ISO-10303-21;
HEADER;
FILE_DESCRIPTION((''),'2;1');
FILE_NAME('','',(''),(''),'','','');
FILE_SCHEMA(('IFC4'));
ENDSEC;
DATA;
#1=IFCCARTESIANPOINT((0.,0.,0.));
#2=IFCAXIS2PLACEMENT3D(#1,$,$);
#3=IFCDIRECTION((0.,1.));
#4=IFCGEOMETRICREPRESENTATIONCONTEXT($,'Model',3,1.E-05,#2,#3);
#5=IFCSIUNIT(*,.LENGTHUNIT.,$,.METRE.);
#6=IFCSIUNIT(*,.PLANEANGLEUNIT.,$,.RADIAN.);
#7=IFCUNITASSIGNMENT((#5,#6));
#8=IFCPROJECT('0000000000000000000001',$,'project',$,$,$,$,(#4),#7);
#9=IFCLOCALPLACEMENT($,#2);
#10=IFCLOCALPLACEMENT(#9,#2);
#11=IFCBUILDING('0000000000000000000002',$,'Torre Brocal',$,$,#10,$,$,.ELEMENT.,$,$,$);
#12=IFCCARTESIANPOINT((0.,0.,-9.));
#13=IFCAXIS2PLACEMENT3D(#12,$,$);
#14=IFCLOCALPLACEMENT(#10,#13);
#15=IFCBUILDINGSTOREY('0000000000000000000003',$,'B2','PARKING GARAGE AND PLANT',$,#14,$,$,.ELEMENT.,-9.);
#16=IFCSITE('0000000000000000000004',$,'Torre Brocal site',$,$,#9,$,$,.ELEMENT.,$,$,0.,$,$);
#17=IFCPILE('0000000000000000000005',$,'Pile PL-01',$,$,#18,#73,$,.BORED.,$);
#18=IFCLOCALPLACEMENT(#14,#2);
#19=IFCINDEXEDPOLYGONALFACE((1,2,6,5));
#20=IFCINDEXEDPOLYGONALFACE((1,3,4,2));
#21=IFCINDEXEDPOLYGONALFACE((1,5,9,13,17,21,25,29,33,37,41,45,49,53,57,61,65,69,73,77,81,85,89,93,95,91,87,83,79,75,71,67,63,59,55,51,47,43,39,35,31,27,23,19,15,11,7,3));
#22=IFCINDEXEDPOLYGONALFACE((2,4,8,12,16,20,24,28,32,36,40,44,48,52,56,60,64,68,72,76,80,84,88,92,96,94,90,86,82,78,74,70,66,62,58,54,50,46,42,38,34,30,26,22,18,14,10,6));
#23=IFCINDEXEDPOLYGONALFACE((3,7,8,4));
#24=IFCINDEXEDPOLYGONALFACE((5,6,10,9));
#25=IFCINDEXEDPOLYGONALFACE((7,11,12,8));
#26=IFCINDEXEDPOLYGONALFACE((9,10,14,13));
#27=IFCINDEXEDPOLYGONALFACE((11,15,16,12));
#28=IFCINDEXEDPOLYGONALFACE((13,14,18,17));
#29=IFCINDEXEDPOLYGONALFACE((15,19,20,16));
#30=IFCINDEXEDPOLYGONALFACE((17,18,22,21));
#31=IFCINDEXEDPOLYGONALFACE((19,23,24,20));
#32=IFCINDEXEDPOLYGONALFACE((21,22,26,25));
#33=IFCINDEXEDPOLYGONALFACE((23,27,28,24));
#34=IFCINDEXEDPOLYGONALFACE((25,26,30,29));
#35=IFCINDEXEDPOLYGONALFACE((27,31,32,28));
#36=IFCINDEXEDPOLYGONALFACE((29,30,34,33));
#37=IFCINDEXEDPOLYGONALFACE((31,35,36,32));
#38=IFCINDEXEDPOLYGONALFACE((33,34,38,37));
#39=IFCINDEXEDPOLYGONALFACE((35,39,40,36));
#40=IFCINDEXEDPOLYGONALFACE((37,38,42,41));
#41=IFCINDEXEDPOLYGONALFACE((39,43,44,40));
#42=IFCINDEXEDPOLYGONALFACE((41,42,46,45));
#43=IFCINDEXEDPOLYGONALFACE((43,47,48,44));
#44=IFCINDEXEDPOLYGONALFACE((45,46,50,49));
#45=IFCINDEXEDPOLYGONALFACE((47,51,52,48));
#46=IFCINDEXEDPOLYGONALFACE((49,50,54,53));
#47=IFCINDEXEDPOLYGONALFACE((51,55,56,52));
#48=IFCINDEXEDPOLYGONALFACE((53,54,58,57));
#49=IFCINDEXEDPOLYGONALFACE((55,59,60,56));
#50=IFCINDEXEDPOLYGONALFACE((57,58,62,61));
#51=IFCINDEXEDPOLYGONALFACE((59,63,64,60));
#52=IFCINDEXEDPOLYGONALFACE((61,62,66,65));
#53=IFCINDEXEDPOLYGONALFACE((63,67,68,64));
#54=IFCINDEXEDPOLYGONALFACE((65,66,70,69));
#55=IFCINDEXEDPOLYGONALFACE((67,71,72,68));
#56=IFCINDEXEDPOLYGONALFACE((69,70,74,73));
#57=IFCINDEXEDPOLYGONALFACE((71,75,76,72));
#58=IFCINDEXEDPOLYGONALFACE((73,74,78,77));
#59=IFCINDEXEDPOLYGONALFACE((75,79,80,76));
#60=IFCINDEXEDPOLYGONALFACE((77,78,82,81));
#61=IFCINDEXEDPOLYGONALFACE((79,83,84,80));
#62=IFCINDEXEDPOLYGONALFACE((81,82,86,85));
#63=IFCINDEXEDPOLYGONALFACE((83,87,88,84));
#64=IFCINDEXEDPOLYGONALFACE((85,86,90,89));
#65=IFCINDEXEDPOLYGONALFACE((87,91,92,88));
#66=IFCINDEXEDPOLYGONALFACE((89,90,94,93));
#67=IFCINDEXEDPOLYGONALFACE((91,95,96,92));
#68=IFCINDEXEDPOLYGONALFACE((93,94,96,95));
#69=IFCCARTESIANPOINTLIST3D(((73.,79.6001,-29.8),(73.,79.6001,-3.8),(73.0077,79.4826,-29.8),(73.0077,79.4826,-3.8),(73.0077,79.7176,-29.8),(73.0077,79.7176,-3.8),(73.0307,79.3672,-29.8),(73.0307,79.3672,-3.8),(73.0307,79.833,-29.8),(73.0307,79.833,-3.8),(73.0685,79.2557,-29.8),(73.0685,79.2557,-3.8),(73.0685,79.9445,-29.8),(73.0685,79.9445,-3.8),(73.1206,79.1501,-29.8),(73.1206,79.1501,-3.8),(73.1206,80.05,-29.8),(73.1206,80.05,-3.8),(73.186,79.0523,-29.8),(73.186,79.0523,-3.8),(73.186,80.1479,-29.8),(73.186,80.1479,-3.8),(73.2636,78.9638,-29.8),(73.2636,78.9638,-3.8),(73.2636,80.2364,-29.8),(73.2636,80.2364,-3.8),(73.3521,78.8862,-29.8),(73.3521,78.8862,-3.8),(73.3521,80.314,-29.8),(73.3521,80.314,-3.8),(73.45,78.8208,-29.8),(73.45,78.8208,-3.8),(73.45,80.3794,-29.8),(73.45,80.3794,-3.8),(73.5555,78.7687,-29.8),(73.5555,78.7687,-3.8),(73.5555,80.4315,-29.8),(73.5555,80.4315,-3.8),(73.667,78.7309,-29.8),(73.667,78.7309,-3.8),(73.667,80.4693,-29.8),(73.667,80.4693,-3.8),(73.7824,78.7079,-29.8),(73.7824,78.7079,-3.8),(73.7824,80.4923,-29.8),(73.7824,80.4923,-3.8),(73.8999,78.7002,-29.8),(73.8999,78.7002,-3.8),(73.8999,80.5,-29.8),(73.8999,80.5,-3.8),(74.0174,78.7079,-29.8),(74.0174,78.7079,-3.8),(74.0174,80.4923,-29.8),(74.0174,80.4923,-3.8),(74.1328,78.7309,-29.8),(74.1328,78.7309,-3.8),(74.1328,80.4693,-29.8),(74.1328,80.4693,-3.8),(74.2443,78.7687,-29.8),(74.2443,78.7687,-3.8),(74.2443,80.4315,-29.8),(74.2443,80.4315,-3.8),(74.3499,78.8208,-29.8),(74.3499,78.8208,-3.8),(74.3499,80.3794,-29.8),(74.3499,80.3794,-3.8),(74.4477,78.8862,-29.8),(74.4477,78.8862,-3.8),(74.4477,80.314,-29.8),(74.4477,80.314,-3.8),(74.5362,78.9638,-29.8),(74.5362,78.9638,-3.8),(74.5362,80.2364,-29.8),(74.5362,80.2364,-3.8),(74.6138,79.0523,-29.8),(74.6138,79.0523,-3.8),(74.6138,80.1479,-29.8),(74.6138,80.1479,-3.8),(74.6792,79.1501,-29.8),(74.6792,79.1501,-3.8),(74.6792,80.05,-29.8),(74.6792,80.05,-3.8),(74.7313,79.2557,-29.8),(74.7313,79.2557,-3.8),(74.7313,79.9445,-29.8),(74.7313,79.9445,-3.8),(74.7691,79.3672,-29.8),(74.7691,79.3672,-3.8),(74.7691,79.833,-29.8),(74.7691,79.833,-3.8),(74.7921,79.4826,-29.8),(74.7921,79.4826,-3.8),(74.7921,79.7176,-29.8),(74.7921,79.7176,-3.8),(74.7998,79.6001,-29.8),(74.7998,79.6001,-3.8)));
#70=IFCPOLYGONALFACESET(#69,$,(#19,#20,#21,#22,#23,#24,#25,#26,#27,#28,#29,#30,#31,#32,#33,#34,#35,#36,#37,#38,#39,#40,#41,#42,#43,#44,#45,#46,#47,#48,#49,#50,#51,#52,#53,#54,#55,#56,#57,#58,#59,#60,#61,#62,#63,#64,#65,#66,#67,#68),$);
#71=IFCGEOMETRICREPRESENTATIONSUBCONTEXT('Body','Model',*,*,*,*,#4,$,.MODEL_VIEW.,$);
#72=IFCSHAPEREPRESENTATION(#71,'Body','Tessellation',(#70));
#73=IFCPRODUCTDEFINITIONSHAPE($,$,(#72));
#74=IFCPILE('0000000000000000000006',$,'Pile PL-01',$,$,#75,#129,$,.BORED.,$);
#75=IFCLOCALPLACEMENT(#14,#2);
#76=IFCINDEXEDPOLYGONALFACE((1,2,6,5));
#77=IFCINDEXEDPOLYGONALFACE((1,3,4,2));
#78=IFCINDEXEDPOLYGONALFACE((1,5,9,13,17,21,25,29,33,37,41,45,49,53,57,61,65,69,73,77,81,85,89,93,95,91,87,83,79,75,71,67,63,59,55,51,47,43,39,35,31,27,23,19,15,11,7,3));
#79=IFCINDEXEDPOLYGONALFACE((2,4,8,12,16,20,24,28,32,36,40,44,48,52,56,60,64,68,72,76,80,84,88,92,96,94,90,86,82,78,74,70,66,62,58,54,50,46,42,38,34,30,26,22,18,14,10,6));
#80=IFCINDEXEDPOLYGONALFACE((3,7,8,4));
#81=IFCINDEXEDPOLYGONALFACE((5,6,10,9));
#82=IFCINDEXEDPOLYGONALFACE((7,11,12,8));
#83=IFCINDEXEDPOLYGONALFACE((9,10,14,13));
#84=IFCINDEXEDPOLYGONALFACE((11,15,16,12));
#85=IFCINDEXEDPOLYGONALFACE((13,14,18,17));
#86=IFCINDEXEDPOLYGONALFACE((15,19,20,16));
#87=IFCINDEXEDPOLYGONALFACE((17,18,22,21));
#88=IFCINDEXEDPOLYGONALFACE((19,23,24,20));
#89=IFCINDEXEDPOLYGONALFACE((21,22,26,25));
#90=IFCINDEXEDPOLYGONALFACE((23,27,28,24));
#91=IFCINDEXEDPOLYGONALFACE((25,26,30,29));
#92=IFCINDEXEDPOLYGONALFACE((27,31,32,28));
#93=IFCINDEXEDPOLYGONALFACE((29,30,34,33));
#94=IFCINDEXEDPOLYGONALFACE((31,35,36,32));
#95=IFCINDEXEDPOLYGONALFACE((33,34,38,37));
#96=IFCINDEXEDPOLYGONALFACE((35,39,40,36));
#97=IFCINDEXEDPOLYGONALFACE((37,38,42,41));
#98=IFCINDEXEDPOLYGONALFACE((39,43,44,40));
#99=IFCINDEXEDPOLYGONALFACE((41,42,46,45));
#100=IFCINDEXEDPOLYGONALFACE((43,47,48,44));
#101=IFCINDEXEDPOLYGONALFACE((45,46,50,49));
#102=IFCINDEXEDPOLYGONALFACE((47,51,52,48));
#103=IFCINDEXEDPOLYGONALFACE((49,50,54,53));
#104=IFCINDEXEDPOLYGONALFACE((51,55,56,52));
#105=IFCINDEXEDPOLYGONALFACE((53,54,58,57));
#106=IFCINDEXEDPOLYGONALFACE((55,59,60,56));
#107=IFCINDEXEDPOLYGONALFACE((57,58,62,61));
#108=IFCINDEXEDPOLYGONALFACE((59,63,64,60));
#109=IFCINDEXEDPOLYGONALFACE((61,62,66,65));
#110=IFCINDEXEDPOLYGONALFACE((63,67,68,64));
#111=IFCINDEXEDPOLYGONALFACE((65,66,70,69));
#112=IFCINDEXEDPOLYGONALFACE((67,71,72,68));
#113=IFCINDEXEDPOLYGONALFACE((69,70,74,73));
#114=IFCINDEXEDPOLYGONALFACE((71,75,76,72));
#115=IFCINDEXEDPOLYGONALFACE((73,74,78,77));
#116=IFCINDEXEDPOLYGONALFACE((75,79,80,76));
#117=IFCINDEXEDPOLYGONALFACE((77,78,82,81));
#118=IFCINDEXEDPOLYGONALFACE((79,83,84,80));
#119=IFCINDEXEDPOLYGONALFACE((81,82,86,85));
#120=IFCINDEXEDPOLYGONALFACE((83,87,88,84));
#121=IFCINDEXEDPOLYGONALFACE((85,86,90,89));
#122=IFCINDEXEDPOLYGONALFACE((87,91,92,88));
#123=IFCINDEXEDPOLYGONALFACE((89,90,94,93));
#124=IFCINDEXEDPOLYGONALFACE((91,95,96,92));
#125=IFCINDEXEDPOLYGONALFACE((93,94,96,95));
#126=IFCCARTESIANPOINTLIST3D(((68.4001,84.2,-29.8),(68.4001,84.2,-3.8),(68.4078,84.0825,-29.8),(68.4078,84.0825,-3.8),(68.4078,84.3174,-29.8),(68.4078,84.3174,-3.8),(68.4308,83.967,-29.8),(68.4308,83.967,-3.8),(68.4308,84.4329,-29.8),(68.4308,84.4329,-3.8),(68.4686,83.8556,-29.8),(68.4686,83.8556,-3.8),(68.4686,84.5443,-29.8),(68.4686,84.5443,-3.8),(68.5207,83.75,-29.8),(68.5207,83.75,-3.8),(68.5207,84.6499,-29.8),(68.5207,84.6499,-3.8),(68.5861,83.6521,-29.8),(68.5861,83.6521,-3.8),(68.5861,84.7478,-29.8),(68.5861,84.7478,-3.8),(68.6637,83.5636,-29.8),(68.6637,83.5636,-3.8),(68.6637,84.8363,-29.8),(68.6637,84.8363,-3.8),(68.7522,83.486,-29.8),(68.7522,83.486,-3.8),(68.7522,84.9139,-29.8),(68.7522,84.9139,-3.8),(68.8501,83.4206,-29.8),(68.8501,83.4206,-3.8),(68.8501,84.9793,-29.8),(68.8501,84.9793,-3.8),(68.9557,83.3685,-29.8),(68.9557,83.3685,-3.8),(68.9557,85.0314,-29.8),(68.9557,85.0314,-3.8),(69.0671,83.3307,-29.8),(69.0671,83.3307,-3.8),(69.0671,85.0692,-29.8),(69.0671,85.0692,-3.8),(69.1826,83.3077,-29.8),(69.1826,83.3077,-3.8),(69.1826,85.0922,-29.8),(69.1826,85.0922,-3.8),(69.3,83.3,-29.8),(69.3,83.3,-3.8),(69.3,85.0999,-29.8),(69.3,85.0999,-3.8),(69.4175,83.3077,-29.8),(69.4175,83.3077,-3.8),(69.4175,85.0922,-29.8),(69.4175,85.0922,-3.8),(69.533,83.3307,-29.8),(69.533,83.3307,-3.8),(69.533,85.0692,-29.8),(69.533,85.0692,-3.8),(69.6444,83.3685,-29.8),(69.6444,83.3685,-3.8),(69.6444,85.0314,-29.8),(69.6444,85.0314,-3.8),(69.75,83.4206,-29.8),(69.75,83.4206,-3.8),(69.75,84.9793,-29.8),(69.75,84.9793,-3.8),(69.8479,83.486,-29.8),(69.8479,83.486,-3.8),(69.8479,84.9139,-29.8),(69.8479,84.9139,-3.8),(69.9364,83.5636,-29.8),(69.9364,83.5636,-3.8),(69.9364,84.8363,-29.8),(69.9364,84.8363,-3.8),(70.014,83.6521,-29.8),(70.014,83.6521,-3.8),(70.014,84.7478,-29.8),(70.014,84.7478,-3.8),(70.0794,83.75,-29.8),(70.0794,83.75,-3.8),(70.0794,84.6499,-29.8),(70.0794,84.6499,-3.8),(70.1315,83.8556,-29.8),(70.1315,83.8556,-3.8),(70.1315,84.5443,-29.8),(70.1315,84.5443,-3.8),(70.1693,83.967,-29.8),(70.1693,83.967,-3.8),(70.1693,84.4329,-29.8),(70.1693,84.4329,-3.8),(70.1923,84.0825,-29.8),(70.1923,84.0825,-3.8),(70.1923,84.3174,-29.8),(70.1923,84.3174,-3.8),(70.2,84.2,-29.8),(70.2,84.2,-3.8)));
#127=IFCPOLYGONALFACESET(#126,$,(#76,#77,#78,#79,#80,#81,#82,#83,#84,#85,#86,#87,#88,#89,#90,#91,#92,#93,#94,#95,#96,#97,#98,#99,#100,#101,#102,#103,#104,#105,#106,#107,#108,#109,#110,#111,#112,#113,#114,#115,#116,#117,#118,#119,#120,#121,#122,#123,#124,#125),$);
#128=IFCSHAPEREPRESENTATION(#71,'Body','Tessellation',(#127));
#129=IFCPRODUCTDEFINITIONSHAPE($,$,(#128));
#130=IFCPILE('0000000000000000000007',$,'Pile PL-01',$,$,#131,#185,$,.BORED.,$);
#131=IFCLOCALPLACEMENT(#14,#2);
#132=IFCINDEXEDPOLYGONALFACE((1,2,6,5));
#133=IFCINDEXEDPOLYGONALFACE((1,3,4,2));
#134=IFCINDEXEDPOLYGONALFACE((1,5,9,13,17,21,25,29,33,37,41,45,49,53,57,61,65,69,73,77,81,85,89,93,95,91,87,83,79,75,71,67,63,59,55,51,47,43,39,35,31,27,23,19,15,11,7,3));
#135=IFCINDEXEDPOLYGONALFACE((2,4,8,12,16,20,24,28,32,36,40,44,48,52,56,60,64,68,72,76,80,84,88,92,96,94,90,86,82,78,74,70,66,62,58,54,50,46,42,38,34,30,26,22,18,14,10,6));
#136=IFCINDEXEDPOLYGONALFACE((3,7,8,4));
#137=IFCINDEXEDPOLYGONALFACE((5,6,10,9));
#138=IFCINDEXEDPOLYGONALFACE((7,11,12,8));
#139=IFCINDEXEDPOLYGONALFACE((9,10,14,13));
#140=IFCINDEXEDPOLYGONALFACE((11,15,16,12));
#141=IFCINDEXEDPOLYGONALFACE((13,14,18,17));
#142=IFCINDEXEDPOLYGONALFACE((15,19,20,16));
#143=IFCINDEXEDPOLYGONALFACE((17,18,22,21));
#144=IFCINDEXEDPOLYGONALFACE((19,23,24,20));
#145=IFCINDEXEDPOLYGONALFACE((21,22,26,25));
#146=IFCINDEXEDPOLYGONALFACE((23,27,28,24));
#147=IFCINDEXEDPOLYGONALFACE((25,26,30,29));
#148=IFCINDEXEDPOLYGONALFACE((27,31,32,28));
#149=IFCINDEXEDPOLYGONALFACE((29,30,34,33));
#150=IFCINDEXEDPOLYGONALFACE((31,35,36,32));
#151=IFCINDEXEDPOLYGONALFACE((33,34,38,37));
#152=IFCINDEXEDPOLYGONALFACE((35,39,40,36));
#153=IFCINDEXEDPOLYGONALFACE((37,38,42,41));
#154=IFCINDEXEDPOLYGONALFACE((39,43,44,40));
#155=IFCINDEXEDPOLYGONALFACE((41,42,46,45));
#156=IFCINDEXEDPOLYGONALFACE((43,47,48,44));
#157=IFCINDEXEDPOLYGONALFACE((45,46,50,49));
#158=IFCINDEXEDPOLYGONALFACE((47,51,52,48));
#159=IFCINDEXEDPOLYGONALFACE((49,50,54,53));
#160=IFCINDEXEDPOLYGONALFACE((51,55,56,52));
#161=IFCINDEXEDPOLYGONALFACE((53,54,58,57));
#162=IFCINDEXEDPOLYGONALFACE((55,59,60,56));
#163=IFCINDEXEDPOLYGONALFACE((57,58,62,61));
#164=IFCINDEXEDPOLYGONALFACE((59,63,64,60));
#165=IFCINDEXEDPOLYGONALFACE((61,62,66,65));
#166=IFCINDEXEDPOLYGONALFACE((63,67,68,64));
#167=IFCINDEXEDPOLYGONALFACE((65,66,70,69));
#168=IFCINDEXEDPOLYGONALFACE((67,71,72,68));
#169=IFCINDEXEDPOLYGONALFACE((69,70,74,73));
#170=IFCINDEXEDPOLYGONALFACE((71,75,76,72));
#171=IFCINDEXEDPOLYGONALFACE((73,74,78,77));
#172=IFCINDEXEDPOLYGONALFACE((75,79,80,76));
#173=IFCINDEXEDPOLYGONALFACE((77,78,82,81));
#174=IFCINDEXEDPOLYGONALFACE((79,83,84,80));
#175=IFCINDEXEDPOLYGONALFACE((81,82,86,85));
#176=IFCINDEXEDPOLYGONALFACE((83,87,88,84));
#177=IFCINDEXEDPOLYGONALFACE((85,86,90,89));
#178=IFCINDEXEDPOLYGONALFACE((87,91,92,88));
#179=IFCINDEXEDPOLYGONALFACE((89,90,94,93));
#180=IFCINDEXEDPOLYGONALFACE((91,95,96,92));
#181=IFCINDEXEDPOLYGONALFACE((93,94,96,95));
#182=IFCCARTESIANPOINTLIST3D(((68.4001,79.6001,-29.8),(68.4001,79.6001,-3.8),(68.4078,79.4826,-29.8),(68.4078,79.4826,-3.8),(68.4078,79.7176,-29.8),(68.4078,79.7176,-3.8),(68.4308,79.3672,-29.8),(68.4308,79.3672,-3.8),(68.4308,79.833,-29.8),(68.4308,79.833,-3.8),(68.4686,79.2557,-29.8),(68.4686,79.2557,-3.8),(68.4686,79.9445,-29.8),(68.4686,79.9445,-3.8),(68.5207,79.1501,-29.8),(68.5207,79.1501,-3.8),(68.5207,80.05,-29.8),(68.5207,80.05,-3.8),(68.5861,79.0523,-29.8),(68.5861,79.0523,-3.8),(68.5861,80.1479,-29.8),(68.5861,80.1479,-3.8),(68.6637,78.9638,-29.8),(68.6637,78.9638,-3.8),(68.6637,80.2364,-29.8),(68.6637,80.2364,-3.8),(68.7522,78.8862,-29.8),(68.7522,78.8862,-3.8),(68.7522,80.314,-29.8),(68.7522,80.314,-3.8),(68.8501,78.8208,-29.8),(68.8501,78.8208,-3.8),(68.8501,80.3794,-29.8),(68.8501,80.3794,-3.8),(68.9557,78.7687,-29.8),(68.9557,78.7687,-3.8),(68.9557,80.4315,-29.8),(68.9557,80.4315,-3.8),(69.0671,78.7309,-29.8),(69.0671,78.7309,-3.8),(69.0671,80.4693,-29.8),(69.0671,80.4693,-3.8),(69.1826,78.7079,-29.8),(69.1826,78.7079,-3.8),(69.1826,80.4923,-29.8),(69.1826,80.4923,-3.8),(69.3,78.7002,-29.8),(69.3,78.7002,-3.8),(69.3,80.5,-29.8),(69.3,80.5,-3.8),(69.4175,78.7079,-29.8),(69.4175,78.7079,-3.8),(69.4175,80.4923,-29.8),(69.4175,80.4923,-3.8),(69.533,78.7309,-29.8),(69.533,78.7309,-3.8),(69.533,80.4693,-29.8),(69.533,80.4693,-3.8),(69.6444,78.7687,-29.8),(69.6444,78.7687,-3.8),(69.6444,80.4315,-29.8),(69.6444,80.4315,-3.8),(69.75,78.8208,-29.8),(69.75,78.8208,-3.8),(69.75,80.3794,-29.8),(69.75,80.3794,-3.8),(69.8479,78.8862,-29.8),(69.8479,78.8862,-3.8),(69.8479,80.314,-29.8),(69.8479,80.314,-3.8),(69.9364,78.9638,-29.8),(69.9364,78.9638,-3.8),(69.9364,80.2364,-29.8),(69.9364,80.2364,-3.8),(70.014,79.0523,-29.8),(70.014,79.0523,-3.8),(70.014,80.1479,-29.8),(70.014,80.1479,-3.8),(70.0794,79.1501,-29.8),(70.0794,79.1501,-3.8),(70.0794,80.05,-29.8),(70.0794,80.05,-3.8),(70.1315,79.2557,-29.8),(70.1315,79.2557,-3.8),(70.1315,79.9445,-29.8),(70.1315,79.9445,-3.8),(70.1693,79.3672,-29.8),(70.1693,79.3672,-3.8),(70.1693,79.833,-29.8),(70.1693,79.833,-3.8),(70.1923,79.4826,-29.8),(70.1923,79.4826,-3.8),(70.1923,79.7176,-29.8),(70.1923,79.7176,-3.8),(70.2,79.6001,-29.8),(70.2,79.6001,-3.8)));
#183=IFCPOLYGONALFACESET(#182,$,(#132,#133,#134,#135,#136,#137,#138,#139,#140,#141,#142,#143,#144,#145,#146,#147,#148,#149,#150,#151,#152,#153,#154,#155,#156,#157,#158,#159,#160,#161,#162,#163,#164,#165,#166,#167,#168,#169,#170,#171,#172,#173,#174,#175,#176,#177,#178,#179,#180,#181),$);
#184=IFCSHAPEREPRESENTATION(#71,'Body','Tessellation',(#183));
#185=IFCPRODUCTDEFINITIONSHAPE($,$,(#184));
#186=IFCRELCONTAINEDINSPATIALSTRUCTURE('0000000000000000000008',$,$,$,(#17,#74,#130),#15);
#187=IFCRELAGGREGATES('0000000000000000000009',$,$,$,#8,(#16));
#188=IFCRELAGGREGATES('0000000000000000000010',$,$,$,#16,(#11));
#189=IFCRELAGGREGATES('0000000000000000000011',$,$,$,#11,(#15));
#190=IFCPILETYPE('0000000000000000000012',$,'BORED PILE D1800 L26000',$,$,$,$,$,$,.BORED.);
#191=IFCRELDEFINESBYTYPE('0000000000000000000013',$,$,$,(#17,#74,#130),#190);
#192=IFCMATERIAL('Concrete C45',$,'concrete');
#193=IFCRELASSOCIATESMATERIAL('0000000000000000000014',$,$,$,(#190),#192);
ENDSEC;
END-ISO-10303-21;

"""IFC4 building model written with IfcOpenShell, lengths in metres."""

from ifc_helpers import new_model, si_unit, direction, frame, origin, origin_2d, place, context, subcontext, project, spatial, circle, extrude, material, material_profile, profile_set, type_object, element, save


model = new_model("IFC4")

# Units and contexts
model_context = context("Model", 3, precision=1e-05, world=origin(), true_north=direction((0.0, 1.0)))
body_context = subcontext(model_context, "Body", "Model", "MODEL_VIEW")
ifc_project = project(units=[si_unit("LENGTHUNIT", "METRE"), si_unit("PLANEANGLEUNIT", "RADIAN")], contexts=[model_context])

# Site, building, storey
site_placement = place(None, origin())
site = spatial("IfcSite", under=ifc_project, at=site_placement, Name="Torre Brocal site", CompositionType="ELEMENT", RefElevation=0.0)
building_placement = place(site_placement, origin())
building = spatial("IfcBuilding", under=site, at=building_placement, Name="Torre Brocal", CompositionType="ELEMENT")
storey_placement = place(building_placement, frame((0.0, 0.0, -9.0)))
storey = spatial("IfcBuildingStorey", under=building, at=storey_placement, Name="B2", Description="PARKING GARAGE AND PLANT", CompositionType="ELEMENT", Elevation=-9.0)

# Piles
ifc_material_1 = material(Name="Concrete C45", Category="concrete")
ifc_material_profile_1 = material_profile(ifc_material_1, circle(Radius=0.8999, at=origin_2d()), Name="BORED PILE D1800")
ifc_profile_set_1 = profile_set([ifc_material_profile_1], Name="Concrete C45")
pile_type = type_object("IfcPileType", Name="BORED PILE D1800 L26000", PredefinedType="BORED", material=ifc_profile_set_1)
for number, where, z_axis, x_axis, name in (
    (1, (73.8999, 79.6001, -3.8), (0.0, 0.0, -1.0), (1.0, 0.0, 0.0), "Pile PL-01"),
    (2, (69.3, 84.2, -3.8), (0.0, 0.0, -1.0), (1.0, 0.0, 0.0), "Pile PL-01"),
    (3, (69.3, 79.6001, -3.8), (0.0, 0.0, -1.0), (1.0, 0.0, 0.0), "Pile PL-01"),
):
    element("IfcPile", number, at=place(storey_placement, frame(where, z_axis=z_axis, x_axis=x_axis)), inside=storey, type_object=pile_type, Name=name, PredefinedType="BORED", context=body_context, shape_type="SweptSolid", body=[
        extrude(circle(Radius=0.8999, at=origin_2d()), origin(), (0.0, 0.0, 1.0), 26.0),
    ])

save(model, "model.ifc")
